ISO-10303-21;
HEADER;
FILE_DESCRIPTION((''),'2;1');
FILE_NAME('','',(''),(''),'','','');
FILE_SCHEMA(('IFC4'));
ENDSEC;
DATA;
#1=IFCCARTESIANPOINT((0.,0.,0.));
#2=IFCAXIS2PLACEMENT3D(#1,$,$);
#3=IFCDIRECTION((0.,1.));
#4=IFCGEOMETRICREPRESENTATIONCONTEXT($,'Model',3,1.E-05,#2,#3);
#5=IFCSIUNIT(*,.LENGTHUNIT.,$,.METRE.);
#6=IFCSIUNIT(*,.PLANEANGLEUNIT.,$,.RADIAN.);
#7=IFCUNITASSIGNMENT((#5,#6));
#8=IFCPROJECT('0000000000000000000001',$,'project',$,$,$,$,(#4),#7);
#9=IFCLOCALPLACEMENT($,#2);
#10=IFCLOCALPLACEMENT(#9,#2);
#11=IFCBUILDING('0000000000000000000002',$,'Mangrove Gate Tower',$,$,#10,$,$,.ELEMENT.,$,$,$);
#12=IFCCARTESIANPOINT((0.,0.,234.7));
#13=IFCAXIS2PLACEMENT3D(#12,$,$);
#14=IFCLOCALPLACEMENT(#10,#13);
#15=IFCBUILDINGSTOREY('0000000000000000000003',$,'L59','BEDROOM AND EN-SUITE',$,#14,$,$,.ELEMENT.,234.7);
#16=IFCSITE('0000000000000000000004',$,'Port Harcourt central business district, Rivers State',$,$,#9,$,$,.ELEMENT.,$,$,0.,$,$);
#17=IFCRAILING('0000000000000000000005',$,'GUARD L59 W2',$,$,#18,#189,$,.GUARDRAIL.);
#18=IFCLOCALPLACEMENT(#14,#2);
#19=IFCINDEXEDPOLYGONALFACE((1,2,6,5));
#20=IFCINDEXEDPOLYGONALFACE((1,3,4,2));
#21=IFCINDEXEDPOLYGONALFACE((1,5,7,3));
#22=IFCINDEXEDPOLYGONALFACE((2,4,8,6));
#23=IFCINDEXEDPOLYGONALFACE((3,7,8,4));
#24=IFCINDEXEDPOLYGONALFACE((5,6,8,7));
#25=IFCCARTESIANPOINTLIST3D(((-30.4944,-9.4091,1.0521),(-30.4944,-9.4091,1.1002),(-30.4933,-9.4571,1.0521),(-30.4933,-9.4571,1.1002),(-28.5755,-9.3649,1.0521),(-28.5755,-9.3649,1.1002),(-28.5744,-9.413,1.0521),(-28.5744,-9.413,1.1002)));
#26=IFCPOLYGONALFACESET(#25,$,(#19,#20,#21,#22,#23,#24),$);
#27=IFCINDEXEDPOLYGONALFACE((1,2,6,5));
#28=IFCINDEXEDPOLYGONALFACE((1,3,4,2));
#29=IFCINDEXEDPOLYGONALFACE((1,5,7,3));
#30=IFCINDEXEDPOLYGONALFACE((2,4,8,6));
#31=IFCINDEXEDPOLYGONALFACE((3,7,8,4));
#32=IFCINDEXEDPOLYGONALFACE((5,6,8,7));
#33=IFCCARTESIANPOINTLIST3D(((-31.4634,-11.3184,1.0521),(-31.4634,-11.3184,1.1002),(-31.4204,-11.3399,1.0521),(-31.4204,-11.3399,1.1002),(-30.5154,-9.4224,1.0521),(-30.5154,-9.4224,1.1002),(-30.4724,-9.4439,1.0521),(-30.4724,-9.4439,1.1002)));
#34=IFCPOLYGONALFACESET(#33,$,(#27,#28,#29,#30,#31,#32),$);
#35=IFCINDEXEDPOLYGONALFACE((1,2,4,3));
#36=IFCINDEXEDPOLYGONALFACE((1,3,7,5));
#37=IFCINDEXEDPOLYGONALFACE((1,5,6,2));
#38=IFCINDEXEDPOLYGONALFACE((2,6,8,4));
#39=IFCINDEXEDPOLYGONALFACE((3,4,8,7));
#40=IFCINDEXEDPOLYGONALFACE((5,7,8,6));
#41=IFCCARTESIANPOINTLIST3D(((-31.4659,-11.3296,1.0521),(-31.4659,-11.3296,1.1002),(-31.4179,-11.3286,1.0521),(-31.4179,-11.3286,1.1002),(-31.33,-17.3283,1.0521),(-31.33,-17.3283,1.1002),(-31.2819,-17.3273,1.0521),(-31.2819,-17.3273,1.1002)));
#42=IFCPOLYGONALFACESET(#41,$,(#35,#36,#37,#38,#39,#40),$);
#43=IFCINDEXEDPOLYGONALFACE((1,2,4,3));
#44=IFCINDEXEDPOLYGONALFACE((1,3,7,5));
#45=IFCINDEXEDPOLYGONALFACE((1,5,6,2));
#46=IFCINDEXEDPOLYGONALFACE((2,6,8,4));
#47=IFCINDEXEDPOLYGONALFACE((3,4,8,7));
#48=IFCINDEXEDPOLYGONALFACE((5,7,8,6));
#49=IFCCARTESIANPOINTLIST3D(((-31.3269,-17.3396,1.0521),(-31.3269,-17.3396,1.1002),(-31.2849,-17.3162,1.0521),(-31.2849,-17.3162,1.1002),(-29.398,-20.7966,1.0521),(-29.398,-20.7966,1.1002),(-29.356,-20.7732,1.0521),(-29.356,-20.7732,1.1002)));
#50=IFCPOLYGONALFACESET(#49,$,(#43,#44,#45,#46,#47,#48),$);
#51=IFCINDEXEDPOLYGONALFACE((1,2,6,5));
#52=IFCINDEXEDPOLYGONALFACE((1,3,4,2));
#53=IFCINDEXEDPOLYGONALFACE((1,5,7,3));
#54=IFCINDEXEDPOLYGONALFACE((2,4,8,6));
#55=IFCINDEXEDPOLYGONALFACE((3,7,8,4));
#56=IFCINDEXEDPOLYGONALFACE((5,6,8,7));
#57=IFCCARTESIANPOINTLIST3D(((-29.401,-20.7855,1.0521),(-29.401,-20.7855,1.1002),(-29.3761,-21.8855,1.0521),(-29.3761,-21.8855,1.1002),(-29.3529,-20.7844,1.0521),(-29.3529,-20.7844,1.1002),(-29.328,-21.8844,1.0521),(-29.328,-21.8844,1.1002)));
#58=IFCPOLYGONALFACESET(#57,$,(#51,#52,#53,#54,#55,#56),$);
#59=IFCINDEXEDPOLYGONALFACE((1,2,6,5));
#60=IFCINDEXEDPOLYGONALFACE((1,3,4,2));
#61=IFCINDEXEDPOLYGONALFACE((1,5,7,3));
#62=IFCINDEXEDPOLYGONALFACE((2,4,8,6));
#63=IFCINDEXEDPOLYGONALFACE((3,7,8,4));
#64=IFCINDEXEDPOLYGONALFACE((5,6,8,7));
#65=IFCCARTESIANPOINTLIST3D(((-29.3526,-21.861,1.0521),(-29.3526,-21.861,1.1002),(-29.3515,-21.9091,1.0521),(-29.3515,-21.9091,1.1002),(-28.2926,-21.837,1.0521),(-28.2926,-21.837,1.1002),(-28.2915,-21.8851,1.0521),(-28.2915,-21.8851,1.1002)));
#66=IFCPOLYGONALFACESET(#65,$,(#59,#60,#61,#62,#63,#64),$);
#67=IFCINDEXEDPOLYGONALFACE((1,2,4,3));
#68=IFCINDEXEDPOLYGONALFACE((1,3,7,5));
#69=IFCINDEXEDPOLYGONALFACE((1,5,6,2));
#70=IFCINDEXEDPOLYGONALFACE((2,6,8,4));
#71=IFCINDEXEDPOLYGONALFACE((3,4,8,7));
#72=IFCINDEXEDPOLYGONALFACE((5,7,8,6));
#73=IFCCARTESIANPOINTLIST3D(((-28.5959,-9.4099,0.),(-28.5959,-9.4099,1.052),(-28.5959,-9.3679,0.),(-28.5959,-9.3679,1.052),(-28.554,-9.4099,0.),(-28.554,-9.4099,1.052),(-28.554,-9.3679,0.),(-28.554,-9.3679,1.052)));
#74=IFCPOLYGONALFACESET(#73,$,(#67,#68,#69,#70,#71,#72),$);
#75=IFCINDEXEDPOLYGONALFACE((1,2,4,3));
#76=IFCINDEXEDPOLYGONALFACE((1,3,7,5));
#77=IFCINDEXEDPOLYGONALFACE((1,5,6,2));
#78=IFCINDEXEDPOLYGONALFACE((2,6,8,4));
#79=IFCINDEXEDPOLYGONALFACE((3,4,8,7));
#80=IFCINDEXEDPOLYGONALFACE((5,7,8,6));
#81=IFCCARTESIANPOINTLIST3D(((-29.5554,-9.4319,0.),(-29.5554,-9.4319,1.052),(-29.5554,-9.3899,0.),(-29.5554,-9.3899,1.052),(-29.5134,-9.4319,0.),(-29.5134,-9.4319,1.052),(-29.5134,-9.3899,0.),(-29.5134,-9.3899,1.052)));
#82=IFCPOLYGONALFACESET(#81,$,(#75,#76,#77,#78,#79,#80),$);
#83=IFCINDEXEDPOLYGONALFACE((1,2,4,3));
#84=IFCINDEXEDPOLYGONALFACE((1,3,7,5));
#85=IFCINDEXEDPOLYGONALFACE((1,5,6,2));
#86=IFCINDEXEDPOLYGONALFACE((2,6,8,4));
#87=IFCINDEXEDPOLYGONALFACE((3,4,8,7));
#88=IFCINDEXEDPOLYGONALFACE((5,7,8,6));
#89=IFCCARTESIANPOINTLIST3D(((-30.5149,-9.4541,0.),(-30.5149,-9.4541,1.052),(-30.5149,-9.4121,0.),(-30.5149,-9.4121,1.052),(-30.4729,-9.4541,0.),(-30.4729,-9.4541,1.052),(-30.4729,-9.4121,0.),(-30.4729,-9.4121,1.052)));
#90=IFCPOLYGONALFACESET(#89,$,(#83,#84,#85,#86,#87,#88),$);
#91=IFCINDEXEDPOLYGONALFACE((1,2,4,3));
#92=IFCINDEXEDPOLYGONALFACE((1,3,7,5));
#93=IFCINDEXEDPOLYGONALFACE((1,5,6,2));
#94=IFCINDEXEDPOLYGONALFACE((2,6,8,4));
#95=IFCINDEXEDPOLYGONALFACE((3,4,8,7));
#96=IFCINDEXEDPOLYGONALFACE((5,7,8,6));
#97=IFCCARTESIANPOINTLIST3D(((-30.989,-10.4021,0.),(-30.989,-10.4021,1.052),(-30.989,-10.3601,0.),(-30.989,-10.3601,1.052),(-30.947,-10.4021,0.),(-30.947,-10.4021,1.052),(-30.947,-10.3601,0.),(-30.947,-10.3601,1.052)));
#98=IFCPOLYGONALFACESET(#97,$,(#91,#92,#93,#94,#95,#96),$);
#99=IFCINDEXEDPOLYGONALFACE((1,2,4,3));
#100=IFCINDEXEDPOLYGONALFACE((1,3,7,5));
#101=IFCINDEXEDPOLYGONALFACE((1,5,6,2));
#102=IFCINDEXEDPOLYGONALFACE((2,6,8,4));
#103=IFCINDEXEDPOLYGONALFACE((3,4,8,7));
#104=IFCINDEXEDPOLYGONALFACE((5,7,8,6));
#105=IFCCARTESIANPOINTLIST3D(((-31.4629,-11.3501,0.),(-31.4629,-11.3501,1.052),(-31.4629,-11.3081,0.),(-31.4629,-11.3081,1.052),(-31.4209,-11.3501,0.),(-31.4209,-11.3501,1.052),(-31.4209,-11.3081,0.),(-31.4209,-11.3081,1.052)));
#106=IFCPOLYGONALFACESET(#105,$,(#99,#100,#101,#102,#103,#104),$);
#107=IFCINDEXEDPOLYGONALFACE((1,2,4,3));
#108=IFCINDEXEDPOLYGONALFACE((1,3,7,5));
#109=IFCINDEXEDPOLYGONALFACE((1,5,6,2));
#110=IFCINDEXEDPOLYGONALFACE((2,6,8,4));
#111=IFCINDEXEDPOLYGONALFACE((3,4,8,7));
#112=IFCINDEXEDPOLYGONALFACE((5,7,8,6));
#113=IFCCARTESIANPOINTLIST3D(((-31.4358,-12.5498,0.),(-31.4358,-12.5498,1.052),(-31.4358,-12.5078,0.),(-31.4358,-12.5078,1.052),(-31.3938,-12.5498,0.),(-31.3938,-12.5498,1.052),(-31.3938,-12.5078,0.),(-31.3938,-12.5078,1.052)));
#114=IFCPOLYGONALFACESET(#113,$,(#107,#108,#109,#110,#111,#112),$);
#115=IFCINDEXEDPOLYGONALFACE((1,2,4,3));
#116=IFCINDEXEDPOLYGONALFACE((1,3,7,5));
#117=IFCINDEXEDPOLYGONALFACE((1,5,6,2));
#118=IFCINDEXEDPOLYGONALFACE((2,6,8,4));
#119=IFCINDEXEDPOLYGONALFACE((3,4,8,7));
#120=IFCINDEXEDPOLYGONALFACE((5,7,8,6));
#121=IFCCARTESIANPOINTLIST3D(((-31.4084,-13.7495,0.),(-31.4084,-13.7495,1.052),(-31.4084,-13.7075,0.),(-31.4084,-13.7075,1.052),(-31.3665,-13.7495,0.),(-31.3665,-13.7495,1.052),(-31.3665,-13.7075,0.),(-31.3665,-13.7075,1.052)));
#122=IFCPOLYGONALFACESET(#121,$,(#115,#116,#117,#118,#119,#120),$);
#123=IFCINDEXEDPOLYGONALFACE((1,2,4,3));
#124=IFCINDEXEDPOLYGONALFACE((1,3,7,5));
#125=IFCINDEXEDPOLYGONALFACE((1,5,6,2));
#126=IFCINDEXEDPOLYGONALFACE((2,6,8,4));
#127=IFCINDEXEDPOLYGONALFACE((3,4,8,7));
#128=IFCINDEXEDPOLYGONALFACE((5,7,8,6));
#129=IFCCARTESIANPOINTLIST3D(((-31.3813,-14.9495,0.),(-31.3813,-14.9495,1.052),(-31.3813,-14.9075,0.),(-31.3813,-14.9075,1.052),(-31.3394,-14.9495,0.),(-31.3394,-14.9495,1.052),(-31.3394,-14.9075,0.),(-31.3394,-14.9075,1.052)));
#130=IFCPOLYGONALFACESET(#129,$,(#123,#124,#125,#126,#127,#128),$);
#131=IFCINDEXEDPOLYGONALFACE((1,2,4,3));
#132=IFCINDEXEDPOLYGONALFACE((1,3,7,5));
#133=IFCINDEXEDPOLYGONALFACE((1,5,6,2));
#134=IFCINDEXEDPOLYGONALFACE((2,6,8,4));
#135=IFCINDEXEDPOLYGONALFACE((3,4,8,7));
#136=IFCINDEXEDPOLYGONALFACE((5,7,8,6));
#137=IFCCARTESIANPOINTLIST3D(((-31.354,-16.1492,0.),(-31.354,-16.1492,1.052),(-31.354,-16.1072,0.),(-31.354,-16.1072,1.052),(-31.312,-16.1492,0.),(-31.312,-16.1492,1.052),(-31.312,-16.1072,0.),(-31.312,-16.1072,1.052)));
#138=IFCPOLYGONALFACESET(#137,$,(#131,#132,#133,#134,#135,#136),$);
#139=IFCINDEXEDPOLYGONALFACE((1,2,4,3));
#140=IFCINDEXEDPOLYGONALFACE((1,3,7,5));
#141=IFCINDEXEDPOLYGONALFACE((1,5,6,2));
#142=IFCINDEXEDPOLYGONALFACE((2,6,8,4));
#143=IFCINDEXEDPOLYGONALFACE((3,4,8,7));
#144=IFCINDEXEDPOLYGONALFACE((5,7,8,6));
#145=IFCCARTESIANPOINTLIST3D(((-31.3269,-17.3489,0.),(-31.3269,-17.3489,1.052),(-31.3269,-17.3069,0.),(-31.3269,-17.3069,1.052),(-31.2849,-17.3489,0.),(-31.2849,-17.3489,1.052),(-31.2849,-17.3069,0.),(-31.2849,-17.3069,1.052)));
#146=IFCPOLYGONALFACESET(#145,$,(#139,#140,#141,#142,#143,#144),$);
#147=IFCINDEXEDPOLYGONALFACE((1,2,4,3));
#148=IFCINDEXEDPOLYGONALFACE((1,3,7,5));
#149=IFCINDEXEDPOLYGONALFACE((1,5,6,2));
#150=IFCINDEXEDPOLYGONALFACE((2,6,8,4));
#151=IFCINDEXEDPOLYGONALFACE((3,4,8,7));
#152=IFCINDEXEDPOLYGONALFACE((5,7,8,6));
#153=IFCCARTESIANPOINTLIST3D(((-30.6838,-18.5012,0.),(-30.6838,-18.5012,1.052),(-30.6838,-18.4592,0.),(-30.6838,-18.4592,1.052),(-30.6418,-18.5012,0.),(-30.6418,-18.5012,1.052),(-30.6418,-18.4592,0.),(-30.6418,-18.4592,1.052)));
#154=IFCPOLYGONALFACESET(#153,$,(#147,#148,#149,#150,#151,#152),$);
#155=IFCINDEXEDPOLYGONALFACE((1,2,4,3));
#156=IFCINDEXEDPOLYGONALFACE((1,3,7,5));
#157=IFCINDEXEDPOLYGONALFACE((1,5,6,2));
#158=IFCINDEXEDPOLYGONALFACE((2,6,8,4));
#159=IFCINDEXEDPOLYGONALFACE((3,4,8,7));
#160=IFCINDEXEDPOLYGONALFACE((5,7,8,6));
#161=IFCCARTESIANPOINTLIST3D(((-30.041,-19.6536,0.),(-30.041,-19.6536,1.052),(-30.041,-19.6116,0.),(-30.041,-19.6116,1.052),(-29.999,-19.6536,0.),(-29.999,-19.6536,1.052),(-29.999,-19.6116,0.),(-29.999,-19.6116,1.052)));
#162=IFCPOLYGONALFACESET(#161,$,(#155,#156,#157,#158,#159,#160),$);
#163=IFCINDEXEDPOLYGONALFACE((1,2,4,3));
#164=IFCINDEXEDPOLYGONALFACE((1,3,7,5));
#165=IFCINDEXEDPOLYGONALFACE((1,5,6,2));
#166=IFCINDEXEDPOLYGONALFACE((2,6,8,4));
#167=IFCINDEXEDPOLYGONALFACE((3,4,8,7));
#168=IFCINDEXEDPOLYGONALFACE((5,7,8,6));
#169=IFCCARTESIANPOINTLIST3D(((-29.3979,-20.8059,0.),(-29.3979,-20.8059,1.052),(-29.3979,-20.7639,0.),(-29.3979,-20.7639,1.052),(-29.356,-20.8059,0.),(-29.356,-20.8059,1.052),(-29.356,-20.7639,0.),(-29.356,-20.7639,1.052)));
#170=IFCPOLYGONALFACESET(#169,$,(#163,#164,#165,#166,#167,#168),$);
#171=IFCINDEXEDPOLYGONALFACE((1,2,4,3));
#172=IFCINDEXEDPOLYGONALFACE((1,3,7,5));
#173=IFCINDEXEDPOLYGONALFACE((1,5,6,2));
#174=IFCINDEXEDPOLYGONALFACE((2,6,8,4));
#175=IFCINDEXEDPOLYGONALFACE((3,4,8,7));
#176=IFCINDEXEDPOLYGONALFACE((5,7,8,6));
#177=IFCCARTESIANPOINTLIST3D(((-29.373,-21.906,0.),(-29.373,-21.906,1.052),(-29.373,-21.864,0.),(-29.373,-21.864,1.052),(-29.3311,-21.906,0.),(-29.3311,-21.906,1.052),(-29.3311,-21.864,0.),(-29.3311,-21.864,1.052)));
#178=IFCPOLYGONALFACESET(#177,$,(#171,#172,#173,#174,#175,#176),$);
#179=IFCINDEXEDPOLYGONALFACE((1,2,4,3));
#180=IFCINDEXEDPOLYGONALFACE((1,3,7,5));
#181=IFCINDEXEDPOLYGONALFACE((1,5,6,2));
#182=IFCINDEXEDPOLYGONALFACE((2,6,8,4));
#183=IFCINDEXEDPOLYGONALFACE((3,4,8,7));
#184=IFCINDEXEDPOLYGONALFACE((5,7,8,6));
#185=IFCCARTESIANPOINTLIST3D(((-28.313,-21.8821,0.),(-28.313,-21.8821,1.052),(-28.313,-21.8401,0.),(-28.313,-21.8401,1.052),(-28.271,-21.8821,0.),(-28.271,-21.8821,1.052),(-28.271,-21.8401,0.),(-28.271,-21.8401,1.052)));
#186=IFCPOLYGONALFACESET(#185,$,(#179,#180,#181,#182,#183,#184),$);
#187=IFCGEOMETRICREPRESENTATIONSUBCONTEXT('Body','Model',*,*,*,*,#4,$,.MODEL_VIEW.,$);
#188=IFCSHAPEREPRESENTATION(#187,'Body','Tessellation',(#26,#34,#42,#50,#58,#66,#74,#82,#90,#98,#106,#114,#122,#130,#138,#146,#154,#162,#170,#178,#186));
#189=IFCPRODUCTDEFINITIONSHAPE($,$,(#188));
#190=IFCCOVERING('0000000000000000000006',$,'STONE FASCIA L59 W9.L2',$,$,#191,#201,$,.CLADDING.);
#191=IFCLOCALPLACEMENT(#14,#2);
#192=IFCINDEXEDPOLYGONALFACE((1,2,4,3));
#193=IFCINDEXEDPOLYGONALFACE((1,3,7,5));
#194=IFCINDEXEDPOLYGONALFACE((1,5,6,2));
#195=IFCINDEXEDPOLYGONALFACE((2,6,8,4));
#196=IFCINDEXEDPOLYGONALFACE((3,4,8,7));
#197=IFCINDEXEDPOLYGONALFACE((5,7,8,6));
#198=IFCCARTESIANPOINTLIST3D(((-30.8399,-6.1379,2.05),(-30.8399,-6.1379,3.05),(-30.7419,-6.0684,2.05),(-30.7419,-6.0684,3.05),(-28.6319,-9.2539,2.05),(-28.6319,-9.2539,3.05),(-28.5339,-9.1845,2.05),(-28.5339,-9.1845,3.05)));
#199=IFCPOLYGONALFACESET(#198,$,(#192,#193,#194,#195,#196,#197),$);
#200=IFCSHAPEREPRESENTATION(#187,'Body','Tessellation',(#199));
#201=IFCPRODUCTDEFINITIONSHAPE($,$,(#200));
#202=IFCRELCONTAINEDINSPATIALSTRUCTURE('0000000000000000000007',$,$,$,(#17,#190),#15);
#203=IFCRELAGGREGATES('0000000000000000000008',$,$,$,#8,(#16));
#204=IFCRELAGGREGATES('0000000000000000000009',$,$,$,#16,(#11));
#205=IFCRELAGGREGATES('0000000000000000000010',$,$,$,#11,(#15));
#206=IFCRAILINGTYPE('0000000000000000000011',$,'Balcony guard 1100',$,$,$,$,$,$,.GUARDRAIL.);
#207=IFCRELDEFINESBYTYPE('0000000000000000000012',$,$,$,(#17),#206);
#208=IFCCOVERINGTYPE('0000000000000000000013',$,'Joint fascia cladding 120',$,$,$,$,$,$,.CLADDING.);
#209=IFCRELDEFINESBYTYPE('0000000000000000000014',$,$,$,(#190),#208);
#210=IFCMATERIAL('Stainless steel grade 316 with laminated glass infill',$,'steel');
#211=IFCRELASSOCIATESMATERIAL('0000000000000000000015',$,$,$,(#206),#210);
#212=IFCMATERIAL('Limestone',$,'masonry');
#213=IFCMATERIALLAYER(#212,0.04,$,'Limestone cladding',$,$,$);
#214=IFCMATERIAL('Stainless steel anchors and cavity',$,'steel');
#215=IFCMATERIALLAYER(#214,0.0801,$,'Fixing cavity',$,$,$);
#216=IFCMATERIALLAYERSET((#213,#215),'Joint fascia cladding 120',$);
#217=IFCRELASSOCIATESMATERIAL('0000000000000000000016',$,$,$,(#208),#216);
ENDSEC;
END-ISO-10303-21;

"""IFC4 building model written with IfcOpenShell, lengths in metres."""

from ifc_helpers import new_model, si_unit, direction, frame, frame_2d, origin, origin_2d, place, context, subcontext, project, spatial, rectangle, extrude, material, layer, layer_set, type_object, element, save


model = new_model("IFC4")

# Units and contexts
model_context = context("Model", 3, precision=1e-05, world=origin(), true_north=direction((0.0, 1.0)))
body_context = subcontext(model_context, "Body", "Model", "MODEL_VIEW")
ifc_project = project(units=[si_unit("LENGTHUNIT", "METRE"), si_unit("PLANEANGLEUNIT", "RADIAN")], contexts=[model_context])

# Site, building, storey
site_placement = place(None, origin())
site = spatial("IfcSite", under=ifc_project, at=site_placement, Name="Port Harcourt central business district, Rivers State", CompositionType="ELEMENT", RefElevation=0.0)
building_placement = place(site_placement, origin())
building = spatial("IfcBuilding", under=site, at=building_placement, Name="Mangrove Gate Tower", CompositionType="ELEMENT")
storey_placement = place(building_placement, frame((0.0, 0.0, 234.7)))
storey = spatial("IfcBuildingStorey", under=building, at=storey_placement, Name="L59", Description="BEDROOM AND EN-SUITE", CompositionType="ELEMENT", Elevation=234.7)

# Shared definitions
ifc_material_1 = material(Name="Limestone", Category="masonry")

# Railing
ifc_material_2 = material(Name="Stainless steel grade 316 with laminated glass infill", Category="steel")
railing_type = type_object("IfcRailingType", Name="Balcony guard 1100", PredefinedType="GUARDRAIL", material=ifc_material_2)
railing_placement = place(storey_placement, frame((-28.575, -9.3889, 0.0)))
element("IfcRailing", 1, at=railing_placement, inside=storey, type_object=railing_type, Name="GUARD L59 W2", PredefinedType="GUARDRAIL", context=body_context, shape_type="SweptSolid", body=[
    extrude(rectangle(XDim=0.0481, YDim=0.0481, at=origin_2d()), frame((0.0, 0.0, 1.0762), z_axis=(-0.999735, -0.023022, 0.0), x_axis=(0.023022, -0.999735, 0.0)), (0.0, 0.0, 1.0), 1.9194),
    extrude(rectangle(XDim=0.0481, YDim=0.0481, at=origin_2d()), frame((-1.9189, -0.0442, 1.0762), z_axis=(-0.447214, -0.894427, 0.0), x_axis=(0.894427, -0.447214, 0.0)), (0.0, 0.0, 1.0), 2.1199),
    extrude(rectangle(XDim=0.0481, YDim=0.0481, at=origin_2d()), frame((-2.8669, -1.9402, 1.0762), z_axis=(0.022663, -0.999743, 0.0), x_axis=(0.999743, 0.022663, 0.0)), (0.0, 0.0, 1.0), 6.0002),
    extrude(rectangle(XDim=0.0481, YDim=0.0481, at=origin_2d()), frame((-2.731, -7.939, 1.0762), z_axis=(0.48726, -0.873257, 0.0), x_axis=(0.873257, 0.48726, 0.0)), (0.0, 0.0, 1.0), 3.9587),
    extrude(rectangle(XDim=0.0481, YDim=0.0481, at=origin_2d()), frame((-0.802, -11.396, 1.0762), z_axis=(0.022631, -0.999744, 0.0), x_axis=(0.999744, 0.022631, 0.0)), (0.0, 0.0, 1.0), 1.1003),
    extrude(rectangle(XDim=0.0481, YDim=0.0481, at=origin_2d()), frame((-0.7771, -12.4961, 1.0762), z_axis=(0.999745, 0.022564, 0.0), x_axis=(-0.022564, 0.999745, 0.0)), (0.0, 0.0, 1.0), 1.0603),
    extrude(rectangle(XDim=0.042, YDim=0.042, at=origin_2d()), origin(), (0.0, 0.0, 1.0), 1.052),
    extrude(rectangle(XDim=0.042, YDim=0.042, at=origin_2d()), frame((-0.9595, -0.022, 0.0)), (0.0, 0.0, 1.0), 1.052),
    extrude(rectangle(XDim=0.042, YDim=0.042, at=origin_2d()), frame((-1.9189, -0.0442, 0.0)), (0.0, 0.0, 1.0), 1.052),
    extrude(rectangle(XDim=0.042, YDim=0.042, at=origin_2d()), frame((-2.3931, -0.9922, 0.0)), (0.0, 0.0, 1.0), 1.052),
    extrude(rectangle(XDim=0.042, YDim=0.042, at=origin_2d()), frame((-2.8669, -1.9402, 0.0)), (0.0, 0.0, 1.0), 1.052),
    extrude(rectangle(XDim=0.042, YDim=0.042, at=origin_2d()), frame((-2.8398, -3.1399, 0.0)), (0.0, 0.0, 1.0), 1.052),
    extrude(rectangle(XDim=0.042, YDim=0.042, at=origin_2d()), frame((-2.8125, -4.3396, 0.0)), (0.0, 0.0, 1.0), 1.052),
    extrude(rectangle(XDim=0.042, YDim=0.042, at=origin_2d()), frame((-2.7854, -5.5396, 0.0)), (0.0, 0.0, 1.0), 1.052),
    extrude(rectangle(XDim=0.042, YDim=0.042, at=origin_2d()), frame((-2.7581, -6.7393, 0.0)), (0.0, 0.0, 1.0), 1.052),
    extrude(rectangle(XDim=0.042, YDim=0.042, at=origin_2d()), frame((-2.731, -7.939, 0.0)), (0.0, 0.0, 1.0), 1.052),
    extrude(rectangle(XDim=0.042, YDim=0.042, at=origin_2d()), frame((-2.0879, -9.0913, 0.0)), (0.0, 0.0, 1.0), 1.052),
    extrude(rectangle(XDim=0.042, YDim=0.042, at=origin_2d()), frame((-1.4451, -10.2437, 0.0)), (0.0, 0.0, 1.0), 1.052),
    extrude(rectangle(XDim=0.042, YDim=0.042, at=origin_2d()), frame((-0.802, -11.396, 0.0)), (0.0, 0.0, 1.0), 1.052),
    extrude(rectangle(XDim=0.042, YDim=0.042, at=origin_2d()), frame((-0.7771, -12.4961, 0.0)), (0.0, 0.0, 1.0), 1.052),
    extrude(rectangle(XDim=0.042, YDim=0.042, at=origin_2d()), frame((0.283, -12.4722, 0.0)), (0.0, 0.0, 1.0), 1.052),
])

# Covering
ifc_layer_1 = layer(ifc_material_1, 0.04, Name="Limestone cladding")
ifc_material_3 = material(Name="Stainless steel anchors and cavity", Category="steel")
ifc_layer_2 = layer(ifc_material_3, 0.0801, Name="Fixing cavity")
ifc_layer_set_1 = layer_set([ifc_layer_1, ifc_layer_2], Name="Joint fascia cladding 120")
covering_type = type_object("IfcCoveringType", Name="Joint fascia cladding 120", PredefinedType="CLADDING", material=ifc_layer_set_1)
covering_placement = place(storey_placement, frame((-30.791, -6.103, 2.05), z_axis=(0.0, 0.0, 1.0), x_axis=(0.578168, -0.815918, 0.0)))
element("IfcCovering", 2, at=covering_placement, inside=storey, type_object=covering_type, Name="STONE FASCIA L59 W9.L2", PredefinedType="CLADDING", context=body_context, shape_type="SweptSolid", body=[
    extrude(rectangle(XDim=3.8191, YDim=0.1201, at=frame_2d((1.9097, 0.0))), origin(), (0.0, 0.0, 1.0), 1.0),
])

save(model, "model.ifc")
